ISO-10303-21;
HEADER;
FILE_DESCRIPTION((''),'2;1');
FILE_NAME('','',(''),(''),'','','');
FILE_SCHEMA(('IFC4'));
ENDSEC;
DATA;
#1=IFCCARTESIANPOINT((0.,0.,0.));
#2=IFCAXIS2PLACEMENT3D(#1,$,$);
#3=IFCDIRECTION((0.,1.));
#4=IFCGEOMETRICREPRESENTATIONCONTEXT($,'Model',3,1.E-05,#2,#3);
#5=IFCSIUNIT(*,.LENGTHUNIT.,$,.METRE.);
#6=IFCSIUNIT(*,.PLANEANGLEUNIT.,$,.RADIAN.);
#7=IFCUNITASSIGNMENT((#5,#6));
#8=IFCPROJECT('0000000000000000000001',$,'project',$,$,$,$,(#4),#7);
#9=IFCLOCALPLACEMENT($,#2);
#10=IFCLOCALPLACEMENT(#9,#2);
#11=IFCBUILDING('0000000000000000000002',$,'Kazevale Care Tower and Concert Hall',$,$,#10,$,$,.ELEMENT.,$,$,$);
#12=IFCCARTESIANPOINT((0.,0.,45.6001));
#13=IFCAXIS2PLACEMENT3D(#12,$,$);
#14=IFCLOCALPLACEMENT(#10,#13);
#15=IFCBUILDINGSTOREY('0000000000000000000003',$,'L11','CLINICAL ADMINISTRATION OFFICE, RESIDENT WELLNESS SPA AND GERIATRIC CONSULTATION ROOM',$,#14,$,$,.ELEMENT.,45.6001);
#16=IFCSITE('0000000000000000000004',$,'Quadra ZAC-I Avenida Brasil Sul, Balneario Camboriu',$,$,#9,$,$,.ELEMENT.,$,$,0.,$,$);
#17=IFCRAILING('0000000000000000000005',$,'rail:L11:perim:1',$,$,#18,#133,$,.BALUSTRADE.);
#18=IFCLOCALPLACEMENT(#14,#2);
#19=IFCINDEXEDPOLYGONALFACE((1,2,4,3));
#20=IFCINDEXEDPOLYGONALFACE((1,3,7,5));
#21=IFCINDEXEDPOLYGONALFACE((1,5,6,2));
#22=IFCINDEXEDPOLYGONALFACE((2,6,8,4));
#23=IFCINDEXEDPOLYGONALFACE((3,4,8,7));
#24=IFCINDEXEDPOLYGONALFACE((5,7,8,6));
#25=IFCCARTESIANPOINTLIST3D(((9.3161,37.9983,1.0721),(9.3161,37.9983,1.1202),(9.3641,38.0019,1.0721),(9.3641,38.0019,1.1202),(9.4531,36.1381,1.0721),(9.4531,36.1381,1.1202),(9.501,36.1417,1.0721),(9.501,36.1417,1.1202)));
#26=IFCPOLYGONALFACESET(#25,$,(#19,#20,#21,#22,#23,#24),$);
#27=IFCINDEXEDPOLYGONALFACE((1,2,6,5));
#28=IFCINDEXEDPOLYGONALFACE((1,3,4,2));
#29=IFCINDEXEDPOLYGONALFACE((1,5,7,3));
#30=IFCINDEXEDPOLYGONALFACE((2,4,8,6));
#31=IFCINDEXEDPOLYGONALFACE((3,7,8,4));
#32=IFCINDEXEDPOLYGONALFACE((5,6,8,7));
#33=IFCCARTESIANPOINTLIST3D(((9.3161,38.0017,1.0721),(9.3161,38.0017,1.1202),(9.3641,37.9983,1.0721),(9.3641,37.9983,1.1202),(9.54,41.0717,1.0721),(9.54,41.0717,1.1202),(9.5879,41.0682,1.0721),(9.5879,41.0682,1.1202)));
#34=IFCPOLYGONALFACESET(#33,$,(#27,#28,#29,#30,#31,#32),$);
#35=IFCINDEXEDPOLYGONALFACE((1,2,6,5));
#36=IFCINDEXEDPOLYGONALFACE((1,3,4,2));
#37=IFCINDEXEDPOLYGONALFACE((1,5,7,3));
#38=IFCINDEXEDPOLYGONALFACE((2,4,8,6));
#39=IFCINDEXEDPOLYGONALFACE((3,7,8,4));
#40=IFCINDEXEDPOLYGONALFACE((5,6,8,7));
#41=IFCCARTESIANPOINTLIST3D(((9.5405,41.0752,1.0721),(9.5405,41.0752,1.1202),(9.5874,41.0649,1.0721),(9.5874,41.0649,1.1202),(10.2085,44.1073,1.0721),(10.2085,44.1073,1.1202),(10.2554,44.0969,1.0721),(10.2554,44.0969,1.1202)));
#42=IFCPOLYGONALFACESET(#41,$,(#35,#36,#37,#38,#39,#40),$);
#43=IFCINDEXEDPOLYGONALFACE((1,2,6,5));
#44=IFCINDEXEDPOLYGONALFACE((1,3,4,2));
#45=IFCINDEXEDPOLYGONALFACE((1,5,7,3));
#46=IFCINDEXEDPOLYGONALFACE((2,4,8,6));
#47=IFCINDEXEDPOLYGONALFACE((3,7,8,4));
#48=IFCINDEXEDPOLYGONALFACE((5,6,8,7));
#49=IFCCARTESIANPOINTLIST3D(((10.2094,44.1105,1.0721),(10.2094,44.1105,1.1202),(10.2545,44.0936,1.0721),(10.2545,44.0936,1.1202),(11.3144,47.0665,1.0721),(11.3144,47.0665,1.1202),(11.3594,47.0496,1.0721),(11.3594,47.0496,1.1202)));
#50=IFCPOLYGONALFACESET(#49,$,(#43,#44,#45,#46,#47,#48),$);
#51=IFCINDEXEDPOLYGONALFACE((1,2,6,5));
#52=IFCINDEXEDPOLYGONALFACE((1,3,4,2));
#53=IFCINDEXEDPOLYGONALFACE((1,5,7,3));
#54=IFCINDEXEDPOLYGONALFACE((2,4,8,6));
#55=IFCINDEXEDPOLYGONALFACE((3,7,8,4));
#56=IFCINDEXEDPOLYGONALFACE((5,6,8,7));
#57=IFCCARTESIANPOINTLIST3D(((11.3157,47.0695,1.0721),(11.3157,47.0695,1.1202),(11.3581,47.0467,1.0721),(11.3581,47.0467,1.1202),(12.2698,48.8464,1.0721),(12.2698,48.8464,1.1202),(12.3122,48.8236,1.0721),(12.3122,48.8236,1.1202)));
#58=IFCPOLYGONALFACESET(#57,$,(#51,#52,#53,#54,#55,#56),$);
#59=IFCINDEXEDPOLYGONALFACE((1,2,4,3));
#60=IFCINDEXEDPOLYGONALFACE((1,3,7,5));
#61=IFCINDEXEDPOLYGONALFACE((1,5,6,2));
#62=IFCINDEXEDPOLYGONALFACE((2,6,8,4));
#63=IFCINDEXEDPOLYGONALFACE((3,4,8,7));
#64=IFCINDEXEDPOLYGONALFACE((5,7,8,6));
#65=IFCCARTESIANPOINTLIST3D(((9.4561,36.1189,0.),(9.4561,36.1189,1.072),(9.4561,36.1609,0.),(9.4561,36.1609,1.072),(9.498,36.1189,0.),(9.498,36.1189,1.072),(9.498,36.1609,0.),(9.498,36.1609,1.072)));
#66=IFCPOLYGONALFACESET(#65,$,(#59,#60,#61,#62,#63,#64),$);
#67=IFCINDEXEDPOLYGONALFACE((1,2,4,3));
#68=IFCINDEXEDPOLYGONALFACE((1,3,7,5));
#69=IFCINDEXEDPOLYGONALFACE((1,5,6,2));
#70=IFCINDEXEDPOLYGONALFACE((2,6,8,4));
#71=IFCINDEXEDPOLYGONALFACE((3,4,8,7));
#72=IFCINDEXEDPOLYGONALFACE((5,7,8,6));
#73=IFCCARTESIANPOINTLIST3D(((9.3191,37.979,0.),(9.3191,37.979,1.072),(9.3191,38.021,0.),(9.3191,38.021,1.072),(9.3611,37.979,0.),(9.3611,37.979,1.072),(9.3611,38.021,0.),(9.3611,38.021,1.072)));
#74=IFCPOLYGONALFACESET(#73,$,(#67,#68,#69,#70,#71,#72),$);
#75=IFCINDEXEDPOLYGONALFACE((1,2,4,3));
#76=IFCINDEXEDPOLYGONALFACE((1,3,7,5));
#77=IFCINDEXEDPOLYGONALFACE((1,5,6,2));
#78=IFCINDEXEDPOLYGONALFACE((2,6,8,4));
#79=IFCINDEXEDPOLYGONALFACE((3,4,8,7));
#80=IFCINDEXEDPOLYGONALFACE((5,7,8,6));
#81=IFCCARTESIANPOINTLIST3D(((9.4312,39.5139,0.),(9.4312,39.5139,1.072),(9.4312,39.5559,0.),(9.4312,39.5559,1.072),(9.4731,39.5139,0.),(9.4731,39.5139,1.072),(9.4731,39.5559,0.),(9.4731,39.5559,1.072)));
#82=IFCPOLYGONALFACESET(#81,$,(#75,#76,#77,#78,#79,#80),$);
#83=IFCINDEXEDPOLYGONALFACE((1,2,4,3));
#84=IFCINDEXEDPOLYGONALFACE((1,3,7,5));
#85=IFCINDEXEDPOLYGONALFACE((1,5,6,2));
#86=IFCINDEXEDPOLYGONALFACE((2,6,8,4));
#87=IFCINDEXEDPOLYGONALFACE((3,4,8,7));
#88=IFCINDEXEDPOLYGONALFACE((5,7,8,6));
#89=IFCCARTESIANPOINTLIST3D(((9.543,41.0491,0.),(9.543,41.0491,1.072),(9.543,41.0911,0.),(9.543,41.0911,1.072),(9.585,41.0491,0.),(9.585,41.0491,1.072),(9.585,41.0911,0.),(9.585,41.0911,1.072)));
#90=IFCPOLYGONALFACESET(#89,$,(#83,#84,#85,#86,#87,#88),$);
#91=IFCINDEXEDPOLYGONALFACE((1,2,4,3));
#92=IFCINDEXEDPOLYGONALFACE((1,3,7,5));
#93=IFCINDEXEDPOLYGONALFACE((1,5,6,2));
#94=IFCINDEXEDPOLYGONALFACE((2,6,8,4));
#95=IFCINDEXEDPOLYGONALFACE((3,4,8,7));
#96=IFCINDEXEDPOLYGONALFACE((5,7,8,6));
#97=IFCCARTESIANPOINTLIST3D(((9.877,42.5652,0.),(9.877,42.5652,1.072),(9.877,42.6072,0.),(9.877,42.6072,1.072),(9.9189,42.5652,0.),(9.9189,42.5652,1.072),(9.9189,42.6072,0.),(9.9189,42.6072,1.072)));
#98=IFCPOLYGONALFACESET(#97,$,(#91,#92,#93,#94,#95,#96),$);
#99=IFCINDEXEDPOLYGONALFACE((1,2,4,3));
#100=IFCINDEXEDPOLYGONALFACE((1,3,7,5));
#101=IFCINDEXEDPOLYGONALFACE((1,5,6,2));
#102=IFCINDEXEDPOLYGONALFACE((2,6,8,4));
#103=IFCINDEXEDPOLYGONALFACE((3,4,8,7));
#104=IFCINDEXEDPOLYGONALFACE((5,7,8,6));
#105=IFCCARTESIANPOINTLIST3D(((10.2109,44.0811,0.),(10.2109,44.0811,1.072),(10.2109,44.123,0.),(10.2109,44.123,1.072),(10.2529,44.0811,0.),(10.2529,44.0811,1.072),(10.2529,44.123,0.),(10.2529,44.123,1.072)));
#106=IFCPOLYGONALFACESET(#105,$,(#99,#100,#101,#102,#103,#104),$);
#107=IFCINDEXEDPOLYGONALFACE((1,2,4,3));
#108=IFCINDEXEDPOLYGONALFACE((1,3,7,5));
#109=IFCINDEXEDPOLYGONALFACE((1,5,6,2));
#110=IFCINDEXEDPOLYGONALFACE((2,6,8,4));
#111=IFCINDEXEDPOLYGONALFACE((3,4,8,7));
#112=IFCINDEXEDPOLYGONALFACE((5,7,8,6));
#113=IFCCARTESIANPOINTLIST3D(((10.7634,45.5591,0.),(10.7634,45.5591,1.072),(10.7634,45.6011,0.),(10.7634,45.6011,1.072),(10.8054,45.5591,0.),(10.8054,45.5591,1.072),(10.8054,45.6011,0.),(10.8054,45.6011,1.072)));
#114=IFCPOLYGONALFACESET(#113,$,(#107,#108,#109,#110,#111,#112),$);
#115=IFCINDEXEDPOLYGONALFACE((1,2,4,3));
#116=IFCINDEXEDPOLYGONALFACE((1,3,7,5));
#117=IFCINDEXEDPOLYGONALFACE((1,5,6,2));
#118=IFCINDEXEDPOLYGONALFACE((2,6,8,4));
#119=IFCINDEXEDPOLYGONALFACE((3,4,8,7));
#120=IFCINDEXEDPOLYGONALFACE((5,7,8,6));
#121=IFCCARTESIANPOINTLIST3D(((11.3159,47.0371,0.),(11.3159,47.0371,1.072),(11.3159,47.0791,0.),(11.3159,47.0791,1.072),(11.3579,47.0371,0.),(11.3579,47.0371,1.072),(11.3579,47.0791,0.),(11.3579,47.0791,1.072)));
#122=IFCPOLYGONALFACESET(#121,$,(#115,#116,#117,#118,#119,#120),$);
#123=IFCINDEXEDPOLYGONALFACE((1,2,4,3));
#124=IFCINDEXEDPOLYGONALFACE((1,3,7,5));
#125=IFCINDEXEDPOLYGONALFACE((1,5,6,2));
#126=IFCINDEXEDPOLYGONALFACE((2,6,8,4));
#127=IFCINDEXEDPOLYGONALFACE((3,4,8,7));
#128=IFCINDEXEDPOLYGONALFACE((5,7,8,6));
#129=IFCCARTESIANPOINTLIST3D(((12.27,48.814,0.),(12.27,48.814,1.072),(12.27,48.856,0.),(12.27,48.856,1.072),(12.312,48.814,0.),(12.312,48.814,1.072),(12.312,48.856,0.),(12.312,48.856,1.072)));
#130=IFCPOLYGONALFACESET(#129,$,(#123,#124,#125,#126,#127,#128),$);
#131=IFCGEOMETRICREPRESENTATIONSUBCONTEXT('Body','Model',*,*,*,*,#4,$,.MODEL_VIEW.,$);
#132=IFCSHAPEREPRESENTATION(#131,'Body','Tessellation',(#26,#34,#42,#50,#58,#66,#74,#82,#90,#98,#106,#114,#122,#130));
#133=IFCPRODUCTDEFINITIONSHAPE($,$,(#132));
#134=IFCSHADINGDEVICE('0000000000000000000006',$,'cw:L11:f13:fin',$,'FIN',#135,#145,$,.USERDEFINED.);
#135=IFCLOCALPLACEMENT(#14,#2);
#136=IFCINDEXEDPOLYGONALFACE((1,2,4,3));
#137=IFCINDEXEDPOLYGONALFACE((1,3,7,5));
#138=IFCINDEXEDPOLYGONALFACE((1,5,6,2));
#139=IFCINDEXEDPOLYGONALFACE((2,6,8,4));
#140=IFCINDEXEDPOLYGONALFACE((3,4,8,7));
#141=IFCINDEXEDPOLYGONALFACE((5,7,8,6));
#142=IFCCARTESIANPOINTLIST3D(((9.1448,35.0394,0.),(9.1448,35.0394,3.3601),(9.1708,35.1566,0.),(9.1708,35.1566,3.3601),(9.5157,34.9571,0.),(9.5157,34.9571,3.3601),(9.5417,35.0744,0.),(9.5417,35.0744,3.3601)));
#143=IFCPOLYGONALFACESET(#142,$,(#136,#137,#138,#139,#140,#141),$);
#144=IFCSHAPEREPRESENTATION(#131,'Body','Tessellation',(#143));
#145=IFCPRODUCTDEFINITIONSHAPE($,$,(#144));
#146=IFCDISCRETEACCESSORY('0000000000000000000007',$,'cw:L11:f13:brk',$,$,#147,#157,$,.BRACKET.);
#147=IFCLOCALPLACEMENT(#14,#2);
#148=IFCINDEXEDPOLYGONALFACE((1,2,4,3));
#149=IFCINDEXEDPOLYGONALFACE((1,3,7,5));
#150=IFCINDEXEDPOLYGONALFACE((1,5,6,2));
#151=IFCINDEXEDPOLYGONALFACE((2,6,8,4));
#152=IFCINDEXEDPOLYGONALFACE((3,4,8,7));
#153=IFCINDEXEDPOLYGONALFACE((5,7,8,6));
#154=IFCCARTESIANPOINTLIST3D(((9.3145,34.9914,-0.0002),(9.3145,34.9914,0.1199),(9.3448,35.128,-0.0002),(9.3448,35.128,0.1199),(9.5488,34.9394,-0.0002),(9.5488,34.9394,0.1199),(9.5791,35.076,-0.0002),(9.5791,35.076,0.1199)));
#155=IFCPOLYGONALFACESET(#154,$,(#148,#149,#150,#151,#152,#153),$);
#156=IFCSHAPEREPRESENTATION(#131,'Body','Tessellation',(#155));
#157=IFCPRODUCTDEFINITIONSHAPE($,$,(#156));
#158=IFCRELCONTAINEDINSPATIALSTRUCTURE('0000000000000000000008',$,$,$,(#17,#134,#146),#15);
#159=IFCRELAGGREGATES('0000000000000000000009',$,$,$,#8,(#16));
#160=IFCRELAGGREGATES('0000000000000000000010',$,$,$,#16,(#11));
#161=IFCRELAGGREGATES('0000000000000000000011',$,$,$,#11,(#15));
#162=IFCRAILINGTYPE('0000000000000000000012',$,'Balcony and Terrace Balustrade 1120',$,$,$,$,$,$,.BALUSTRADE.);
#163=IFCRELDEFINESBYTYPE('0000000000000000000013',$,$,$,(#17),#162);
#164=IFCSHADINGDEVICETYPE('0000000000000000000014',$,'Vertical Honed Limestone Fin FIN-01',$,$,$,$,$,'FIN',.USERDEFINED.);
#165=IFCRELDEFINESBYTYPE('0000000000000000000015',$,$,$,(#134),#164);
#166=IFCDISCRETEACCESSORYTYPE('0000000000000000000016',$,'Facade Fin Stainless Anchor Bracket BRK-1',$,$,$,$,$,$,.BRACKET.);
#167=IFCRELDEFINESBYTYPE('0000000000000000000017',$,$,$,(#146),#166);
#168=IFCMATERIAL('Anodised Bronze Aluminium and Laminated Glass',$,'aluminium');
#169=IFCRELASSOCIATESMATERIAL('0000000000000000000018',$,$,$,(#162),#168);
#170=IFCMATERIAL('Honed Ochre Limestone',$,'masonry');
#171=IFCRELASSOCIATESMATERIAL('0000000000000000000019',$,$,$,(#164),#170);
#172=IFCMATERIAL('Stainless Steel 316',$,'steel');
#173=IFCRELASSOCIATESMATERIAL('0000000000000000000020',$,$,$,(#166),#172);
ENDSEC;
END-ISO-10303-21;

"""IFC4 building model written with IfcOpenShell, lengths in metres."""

from ifc_helpers import new_model, si_unit, direction, frame, origin, origin_2d, place, context, subcontext, project, spatial, rectangle, extrude, material, type_object, element, save


model = new_model("IFC4")

# Units and contexts
model_context = context("Model", 3, precision=1e-05, world=origin(), true_north=direction((0.0, 1.0)))
body_context = subcontext(model_context, "Body", "Model", "MODEL_VIEW")
ifc_project = project(units=[si_unit("LENGTHUNIT", "METRE"), si_unit("PLANEANGLEUNIT", "RADIAN")], contexts=[model_context])

# Site, building, storey
site_placement = place(None, origin())
site = spatial("IfcSite", under=ifc_project, at=site_placement, Name="Quadra ZAC-I Avenida Brasil Sul, Balneario Camboriu", CompositionType="ELEMENT", RefElevation=0.0)
building_placement = place(site_placement, origin())
building = spatial("IfcBuilding", under=site, at=building_placement, Name="Kazevale Care Tower and Concert Hall", CompositionType="ELEMENT")
storey_placement = place(building_placement, frame((0.0, 0.0, 45.6001)))
storey = spatial("IfcBuildingStorey", under=building, at=storey_placement, Name="L11", Description="CLINICAL ADMINISTRATION OFFICE, RESIDENT WELLNESS SPA AND GERIATRIC CONSULTATION ROOM", CompositionType="ELEMENT", Elevation=45.6001)

# Railing
ifc_material_1 = material(Name="Anodised Bronze Aluminium and Laminated Glass", Category="aluminium")
railing_type = type_object("IfcRailingType", Name="Balcony and Terrace Balustrade 1120", PredefinedType="BALUSTRADE", material=ifc_material_1)
railing_placement = place(storey_placement, frame((9.4771, 36.1399, 0.0)))
element("IfcRailing", 1, at=railing_placement, inside=storey, type_object=railing_type, Name="rail:L11:perim:1", PredefinedType="BALUSTRADE", context=body_context, shape_type="SweptSolid", body=[
    extrude(rectangle(XDim=0.0481, YDim=0.0481, at=origin_2d()), frame((0.0, 0.0, 1.0962), z_axis=(-0.073433, 0.9973, 0.0), x_axis=(-0.9973, -0.073433, 0.0)), (0.0, 0.0, 1.0), 1.8652),
    extrude(rectangle(XDim=0.0481, YDim=0.0481, at=origin_2d()), frame((-0.137, 1.8601, 1.0962), z_axis=(0.072729, 0.997352, 0.0), x_axis=(-0.997352, 0.072729, 0.0)), (0.0, 0.0, 1.0), 3.0781),
    extrude(rectangle(XDim=0.0481, YDim=0.0481, at=origin_2d()), frame((0.0869, 4.9302, 1.0962), z_axis=(0.215148, 0.976581, 0.0), x_axis=(-0.976581, 0.215148, 0.0)), (0.0, 0.0, 1.0), 3.1047),
    extrude(rectangle(XDim=0.0481, YDim=0.0481, at=origin_2d()), frame((0.7549, 7.9622, 1.0962), z_axis=(0.35014, 0.936697, 0.0), x_axis=(-0.936697, 0.35014, 0.0)), (0.0, 0.0, 1.0), 3.1558),
    extrude(rectangle(XDim=0.0481, YDim=0.0481, at=origin_2d()), frame((1.8599, 10.9182, 1.0962), z_axis=(0.473074, 0.881022, 0.0), x_axis=(-0.881022, 0.473074, 0.0)), (0.0, 0.0, 1.0), 2.0168),
    extrude(rectangle(XDim=0.042, YDim=0.042, at=origin_2d()), origin(), (0.0, 0.0, 1.0), 1.072),
    extrude(rectangle(XDim=0.042, YDim=0.042, at=origin_2d()), frame((-0.137, 1.8601, 0.0)), (0.0, 0.0, 1.0), 1.072),
    extrude(rectangle(XDim=0.042, YDim=0.042, at=origin_2d()), frame((-0.0249, 3.395, 0.0)), (0.0, 0.0, 1.0), 1.072),
    extrude(rectangle(XDim=0.042, YDim=0.042, at=origin_2d()), frame((0.0869, 4.9302, 0.0)), (0.0, 0.0, 1.0), 1.072),
    extrude(rectangle(XDim=0.042, YDim=0.042, at=origin_2d()), frame((0.4209, 6.4463, 0.0)), (0.0, 0.0, 1.0), 1.072),
    extrude(rectangle(XDim=0.042, YDim=0.042, at=origin_2d()), frame((0.7549, 7.9622, 0.0)), (0.0, 0.0, 1.0), 1.072),
    extrude(rectangle(XDim=0.042, YDim=0.042, at=origin_2d()), frame((1.3074, 9.4402, 0.0)), (0.0, 0.0, 1.0), 1.072),
    extrude(rectangle(XDim=0.042, YDim=0.042, at=origin_2d()), frame((1.8599, 10.9182, 0.0)), (0.0, 0.0, 1.0), 1.072),
    extrude(rectangle(XDim=0.042, YDim=0.042, at=origin_2d()), frame((2.814, 12.6951, 0.0)), (0.0, 0.0, 1.0), 1.072),
])

# Shading device
ifc_material_2 = material(Name="Honed Ochre Limestone", Category="masonry")
shading_device_type = type_object("IfcShadingDeviceType", Name="Vertical Honed Limestone Fin FIN-01", ElementType="FIN", PredefinedType="USERDEFINED", material=ifc_material_2)
shading_device_placement = place(storey_placement, frame((9.3433, 35.0569, 0.0), z_axis=(0.0, 0.0, 1.0), x_axis=(-0.976296, 0.21644, 0.0)))
element("IfcShadingDevice", 2, at=shading_device_placement, inside=storey, type_object=shading_device_type, Name="cw:L11:f13:fin", ObjectType="FIN", PredefinedType="USERDEFINED", context=body_context, shape_type="SweptSolid", body=[
    extrude(rectangle(XDim=0.3799, YDim=0.1201, at=origin_2d()), origin(), (0.0, 0.0, 1.0), 3.3601),
])

# Discrete accessory
ifc_material_3 = material(Name="Stainless Steel 316", Category="steel")
discrete_accessory_type = type_object("IfcDiscreteAccessoryType", Name="Facade Fin Stainless Anchor Bracket BRK-1", PredefinedType="BRACKET", material=ifc_material_3)
discrete_accessory_placement = place(storey_placement, frame((9.4468, 35.0337, -0.0002), z_axis=(0.0, 0.0, 1.0), x_axis=(-0.976296, 0.21644, 0.0)))
element("IfcDiscreteAccessory", 3, at=discrete_accessory_placement, inside=storey, type_object=discrete_accessory_type, Name="cw:L11:f13:brk", PredefinedType="BRACKET", context=body_context, shape_type="SweptSolid", body=[
    extrude(rectangle(XDim=0.24, YDim=0.1399, at=origin_2d()), origin(), (0.0, 0.0, 1.0), 0.1201),
])

save(model, "model.ifc")
